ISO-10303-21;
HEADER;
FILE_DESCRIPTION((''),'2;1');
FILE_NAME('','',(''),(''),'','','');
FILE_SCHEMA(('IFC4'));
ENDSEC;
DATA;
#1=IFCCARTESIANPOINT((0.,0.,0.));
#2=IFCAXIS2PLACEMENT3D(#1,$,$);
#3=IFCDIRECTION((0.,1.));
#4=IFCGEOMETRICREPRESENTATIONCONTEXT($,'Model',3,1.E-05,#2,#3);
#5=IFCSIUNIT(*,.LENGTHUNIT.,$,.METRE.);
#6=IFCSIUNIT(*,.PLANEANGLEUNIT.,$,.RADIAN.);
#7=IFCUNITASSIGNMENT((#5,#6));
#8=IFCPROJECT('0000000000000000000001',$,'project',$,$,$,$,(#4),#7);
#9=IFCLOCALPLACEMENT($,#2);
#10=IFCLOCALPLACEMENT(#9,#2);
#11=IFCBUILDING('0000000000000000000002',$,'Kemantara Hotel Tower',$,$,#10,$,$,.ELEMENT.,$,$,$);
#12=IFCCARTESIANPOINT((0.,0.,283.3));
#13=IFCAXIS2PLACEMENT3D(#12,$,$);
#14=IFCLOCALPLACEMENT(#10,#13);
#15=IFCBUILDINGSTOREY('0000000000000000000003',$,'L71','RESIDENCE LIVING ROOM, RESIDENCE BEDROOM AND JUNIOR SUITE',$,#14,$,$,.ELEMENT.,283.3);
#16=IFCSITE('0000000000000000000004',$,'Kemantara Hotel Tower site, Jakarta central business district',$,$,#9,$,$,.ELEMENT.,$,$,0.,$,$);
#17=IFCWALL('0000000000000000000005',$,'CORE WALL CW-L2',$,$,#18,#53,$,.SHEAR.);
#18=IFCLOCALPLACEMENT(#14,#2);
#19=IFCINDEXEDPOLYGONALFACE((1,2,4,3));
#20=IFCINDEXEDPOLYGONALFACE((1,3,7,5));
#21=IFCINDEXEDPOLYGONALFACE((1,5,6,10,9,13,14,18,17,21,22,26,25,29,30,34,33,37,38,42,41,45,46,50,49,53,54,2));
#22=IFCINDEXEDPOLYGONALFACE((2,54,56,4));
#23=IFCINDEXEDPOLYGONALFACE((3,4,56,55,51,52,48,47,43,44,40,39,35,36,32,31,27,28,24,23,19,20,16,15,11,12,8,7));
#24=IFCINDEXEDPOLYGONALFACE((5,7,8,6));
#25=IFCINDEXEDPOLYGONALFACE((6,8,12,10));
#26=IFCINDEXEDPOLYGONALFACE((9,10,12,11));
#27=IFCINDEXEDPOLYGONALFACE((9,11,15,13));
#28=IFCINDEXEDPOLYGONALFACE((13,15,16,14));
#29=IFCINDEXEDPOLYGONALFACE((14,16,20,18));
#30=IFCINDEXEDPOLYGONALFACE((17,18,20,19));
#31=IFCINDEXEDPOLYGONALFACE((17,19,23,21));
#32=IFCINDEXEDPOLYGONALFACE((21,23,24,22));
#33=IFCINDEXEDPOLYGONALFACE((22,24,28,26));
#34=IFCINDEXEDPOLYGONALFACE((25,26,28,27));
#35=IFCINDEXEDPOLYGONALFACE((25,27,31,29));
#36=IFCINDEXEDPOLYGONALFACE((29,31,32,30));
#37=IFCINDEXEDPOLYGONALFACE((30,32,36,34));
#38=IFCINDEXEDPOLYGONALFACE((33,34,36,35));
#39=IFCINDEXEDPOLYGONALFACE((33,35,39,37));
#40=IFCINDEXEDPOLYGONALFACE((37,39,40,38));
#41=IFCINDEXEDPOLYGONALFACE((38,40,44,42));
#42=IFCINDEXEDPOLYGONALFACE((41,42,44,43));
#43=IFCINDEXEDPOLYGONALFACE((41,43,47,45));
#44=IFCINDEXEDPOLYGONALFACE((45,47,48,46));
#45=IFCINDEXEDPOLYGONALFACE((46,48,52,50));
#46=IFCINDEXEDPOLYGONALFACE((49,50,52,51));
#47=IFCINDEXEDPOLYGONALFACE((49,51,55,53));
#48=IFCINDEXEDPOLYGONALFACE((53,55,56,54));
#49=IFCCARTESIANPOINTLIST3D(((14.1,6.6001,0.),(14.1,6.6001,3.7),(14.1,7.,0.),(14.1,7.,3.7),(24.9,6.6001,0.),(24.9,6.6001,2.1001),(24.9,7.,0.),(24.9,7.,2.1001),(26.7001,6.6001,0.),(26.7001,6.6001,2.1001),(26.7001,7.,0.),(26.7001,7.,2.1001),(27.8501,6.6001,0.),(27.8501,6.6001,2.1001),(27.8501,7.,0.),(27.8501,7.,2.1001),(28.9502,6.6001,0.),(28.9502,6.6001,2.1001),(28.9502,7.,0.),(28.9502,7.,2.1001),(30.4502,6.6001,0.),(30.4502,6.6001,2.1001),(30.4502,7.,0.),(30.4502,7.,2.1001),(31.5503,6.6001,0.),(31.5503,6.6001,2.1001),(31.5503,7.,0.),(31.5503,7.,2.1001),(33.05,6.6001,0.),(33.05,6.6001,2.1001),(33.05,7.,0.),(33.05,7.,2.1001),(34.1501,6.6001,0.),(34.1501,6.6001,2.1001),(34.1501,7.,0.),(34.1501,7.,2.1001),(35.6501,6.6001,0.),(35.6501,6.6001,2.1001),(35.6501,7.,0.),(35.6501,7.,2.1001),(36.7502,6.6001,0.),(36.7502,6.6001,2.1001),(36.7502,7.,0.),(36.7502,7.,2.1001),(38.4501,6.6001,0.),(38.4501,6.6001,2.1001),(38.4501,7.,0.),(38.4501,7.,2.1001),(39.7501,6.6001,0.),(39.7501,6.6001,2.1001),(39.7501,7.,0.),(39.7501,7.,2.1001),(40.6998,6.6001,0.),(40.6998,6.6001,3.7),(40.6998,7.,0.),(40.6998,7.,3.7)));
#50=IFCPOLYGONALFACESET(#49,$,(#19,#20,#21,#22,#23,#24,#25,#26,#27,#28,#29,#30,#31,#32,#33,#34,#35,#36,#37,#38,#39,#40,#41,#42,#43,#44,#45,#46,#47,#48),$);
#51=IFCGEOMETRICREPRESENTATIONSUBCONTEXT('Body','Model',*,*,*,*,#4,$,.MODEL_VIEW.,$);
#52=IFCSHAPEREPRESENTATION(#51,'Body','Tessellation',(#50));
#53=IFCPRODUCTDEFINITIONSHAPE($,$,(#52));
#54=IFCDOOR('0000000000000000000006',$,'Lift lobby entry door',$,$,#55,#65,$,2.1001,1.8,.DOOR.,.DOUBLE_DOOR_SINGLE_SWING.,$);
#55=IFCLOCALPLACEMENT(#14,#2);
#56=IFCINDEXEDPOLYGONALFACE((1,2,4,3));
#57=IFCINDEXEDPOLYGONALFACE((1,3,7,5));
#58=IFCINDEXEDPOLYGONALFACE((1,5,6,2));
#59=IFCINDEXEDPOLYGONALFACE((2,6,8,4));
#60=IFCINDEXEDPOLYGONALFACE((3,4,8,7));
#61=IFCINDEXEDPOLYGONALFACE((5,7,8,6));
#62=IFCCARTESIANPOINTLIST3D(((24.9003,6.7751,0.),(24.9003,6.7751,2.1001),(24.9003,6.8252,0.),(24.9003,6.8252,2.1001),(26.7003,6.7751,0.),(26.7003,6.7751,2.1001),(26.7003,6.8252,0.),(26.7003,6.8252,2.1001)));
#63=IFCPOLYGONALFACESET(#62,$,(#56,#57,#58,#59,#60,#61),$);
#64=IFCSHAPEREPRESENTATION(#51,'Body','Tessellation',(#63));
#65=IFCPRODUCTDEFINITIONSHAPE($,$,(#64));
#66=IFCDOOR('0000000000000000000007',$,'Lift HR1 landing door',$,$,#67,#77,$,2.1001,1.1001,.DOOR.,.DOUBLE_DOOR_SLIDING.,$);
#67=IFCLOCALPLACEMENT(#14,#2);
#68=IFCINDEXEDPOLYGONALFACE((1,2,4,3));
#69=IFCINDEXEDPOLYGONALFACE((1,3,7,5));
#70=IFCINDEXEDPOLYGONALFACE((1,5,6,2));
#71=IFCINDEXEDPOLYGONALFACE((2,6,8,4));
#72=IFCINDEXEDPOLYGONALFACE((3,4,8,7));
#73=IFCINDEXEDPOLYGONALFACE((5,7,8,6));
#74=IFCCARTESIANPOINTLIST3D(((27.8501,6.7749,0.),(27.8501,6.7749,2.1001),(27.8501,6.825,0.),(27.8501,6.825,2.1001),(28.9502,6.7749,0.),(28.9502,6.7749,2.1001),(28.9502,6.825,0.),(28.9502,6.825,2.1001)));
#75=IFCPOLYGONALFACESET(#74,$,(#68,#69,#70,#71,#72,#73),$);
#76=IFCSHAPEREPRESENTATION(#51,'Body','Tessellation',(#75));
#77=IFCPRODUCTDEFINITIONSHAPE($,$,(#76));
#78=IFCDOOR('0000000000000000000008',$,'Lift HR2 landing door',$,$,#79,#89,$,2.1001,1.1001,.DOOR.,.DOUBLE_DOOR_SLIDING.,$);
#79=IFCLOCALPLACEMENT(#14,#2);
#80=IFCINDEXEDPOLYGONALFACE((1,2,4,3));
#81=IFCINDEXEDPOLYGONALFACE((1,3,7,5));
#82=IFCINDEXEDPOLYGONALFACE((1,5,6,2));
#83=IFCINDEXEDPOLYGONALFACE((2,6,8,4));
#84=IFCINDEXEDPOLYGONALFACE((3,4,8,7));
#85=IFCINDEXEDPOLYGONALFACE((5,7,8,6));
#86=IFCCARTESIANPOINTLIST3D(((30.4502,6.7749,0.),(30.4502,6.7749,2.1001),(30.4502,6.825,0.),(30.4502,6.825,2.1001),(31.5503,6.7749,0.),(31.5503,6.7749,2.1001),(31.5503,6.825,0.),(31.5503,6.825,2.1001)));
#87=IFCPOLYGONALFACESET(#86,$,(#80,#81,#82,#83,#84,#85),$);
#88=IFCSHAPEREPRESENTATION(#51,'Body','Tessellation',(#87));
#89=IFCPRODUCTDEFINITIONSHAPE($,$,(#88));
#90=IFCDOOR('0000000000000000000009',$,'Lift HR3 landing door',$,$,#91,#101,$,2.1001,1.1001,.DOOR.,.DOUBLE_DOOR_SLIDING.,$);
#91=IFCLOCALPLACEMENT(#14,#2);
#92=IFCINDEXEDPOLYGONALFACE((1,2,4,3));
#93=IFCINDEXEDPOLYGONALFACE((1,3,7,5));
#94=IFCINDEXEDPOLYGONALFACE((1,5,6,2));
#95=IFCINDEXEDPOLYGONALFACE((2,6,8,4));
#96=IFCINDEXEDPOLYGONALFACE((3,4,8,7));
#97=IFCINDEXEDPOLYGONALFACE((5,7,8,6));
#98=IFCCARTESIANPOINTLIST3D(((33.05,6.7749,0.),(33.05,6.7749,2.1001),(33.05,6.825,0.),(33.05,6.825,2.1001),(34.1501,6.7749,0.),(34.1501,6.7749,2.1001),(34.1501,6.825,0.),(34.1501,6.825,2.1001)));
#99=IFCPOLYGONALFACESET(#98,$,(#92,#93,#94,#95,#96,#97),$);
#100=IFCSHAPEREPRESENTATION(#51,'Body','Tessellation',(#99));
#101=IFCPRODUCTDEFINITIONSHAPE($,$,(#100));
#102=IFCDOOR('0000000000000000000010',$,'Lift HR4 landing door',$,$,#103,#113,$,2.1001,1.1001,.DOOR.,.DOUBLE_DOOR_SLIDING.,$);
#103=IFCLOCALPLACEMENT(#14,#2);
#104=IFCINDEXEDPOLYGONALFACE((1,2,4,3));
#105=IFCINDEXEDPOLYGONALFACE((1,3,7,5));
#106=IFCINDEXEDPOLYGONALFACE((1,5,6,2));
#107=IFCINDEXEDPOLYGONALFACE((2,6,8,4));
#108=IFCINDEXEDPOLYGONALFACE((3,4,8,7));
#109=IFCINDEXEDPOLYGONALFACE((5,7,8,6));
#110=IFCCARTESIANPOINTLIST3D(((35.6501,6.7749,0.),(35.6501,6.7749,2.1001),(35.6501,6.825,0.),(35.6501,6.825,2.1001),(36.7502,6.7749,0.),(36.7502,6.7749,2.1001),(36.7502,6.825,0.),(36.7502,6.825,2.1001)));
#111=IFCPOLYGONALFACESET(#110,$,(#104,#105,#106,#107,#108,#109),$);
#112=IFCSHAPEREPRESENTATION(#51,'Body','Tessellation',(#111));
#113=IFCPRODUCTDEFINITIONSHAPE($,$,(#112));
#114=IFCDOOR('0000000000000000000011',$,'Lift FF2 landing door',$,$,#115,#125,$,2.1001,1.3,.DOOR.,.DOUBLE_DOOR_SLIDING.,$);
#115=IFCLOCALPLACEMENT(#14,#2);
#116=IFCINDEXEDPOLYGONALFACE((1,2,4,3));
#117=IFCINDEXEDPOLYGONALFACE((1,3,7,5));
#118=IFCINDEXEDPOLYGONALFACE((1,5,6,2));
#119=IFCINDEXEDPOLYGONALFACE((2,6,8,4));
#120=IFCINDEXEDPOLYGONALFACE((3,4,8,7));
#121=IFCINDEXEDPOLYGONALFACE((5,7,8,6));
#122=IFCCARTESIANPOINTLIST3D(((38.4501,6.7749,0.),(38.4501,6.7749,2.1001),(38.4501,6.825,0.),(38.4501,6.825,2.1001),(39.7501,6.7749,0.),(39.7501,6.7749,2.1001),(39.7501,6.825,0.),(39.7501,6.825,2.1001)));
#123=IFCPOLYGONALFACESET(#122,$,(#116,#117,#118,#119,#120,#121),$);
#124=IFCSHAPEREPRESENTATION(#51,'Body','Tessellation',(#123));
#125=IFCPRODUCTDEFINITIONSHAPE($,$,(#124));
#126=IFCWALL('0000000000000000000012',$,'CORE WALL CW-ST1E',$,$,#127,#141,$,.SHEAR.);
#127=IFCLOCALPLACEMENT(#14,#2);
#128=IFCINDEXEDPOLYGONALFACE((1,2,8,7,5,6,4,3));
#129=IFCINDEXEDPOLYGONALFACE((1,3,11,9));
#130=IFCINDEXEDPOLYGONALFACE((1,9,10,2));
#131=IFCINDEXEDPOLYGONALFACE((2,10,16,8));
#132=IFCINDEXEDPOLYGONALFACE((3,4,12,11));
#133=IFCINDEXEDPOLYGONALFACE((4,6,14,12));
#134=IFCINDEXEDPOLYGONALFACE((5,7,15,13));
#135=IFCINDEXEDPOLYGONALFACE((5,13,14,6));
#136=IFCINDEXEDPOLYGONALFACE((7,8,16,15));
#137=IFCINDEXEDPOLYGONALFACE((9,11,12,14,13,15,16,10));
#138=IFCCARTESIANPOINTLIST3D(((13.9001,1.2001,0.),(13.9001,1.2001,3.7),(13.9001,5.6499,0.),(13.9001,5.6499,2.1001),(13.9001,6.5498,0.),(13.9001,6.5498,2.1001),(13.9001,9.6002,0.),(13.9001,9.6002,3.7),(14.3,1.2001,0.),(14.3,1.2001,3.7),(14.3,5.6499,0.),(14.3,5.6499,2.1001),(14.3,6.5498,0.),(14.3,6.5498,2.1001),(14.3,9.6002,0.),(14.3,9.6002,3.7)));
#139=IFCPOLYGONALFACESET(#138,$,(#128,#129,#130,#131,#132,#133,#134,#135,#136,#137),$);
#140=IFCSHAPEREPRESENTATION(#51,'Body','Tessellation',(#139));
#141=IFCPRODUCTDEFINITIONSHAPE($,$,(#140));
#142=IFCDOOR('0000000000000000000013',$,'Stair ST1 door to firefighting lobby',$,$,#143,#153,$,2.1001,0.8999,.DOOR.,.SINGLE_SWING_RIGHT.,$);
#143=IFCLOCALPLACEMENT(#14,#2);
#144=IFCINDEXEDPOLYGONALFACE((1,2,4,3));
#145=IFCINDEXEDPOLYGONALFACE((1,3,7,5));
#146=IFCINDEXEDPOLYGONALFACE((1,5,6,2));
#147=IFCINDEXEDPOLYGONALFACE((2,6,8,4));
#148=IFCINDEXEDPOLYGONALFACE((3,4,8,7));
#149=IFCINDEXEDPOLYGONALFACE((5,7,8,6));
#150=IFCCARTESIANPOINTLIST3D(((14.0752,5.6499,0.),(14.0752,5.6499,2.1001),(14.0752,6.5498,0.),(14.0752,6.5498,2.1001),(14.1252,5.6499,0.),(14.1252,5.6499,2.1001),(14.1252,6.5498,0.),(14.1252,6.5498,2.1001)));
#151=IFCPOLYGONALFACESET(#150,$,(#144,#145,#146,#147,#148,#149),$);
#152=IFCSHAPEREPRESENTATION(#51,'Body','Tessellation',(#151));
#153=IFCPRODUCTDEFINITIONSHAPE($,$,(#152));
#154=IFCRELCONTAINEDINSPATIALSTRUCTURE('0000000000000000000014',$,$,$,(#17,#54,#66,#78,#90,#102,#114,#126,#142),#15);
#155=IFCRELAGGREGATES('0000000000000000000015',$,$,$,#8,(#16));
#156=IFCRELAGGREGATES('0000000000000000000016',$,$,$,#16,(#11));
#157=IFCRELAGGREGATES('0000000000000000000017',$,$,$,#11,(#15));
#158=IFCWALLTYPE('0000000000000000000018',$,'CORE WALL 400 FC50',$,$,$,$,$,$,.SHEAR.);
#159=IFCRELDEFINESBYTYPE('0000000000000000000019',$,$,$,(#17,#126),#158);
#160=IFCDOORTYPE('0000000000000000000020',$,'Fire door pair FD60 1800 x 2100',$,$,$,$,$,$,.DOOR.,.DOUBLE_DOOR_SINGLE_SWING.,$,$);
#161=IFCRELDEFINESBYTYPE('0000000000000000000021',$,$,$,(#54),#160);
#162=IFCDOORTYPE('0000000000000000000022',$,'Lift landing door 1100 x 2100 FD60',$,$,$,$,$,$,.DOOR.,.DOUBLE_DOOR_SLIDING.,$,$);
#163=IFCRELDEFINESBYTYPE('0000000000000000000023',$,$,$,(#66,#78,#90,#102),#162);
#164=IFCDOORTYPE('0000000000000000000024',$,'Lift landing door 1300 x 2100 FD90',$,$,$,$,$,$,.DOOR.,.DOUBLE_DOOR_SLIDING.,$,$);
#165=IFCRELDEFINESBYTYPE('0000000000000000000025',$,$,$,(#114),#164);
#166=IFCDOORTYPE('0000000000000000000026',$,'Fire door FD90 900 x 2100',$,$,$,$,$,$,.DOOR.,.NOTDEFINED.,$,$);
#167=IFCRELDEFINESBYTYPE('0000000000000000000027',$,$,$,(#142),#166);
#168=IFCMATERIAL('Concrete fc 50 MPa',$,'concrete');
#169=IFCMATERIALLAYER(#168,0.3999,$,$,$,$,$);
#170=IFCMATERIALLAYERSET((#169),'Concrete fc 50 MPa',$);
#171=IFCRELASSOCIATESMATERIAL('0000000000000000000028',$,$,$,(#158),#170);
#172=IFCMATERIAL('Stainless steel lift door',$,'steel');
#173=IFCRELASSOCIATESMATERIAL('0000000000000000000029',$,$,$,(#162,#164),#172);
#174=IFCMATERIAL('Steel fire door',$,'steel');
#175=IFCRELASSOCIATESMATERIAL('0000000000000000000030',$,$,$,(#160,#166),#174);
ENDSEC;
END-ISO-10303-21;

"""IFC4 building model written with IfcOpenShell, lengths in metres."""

from ifc_helpers import new_model, si_unit, direction, frame, frame_2d, origin, place, context, subcontext, project, spatial, rectangle, extrude, material, layer, layer_set, type_object, element, fill, save


model = new_model("IFC4")

# Units and contexts
model_context = context("Model", 3, precision=1e-05, world=origin(), true_north=direction((0.0, 1.0)))
body_context = subcontext(model_context, "Body", "Model", "MODEL_VIEW")
ifc_project = project(units=[si_unit("LENGTHUNIT", "METRE"), si_unit("PLANEANGLEUNIT", "RADIAN")], contexts=[model_context])

# Site, building, storey
site_placement = place(None, origin())
site = spatial("IfcSite", under=ifc_project, at=site_placement, Name="Kemantara Hotel Tower site, Jakarta central business district", CompositionType="ELEMENT", RefElevation=0.0)
building_placement = place(site_placement, origin())
building = spatial("IfcBuilding", under=site, at=building_placement, Name="Kemantara Hotel Tower", CompositionType="ELEMENT")
storey_placement = place(building_placement, frame((0.0, 0.0, 283.3)))
storey = spatial("IfcBuildingStorey", under=building, at=storey_placement, Name="L71", Description="RESIDENCE LIVING ROOM, RESIDENCE BEDROOM AND JUNIOR SUITE", CompositionType="ELEMENT", Elevation=283.3)

# Shared definitions
ifc_material_1 = material(Name="Concrete fc 50 MPa", Category="concrete")

# Wall, openings, doors
ifc_layer_1 = layer(ifc_material_1, 0.3999)
ifc_layer_set_1 = layer_set([ifc_layer_1], Name="Concrete fc 50 MPa")
wall_type_1 = type_object("IfcWallType", Name="CORE WALL 400 FC50", PredefinedType="SHEAR", material=ifc_layer_set_1)
ifc_material_2 = material(Name="Steel fire door", Category="steel")
ifc_material_3 = material(Name="Stainless steel lift door", Category="steel")
door_type_1 = type_object("IfcDoorType", Name="Lift landing door 1100 x 2100 FD60", OperationType="DOUBLE_DOOR_SLIDING", PredefinedType="DOOR", material=ifc_material_3)
door_type_2 = type_object("IfcDoorType", Name="Lift landing door 1300 x 2100 FD90", OperationType="DOUBLE_DOOR_SLIDING", PredefinedType="DOOR", material=ifc_material_3)
wall_1_placement = place(storey_placement, frame((14.1001, 6.8, 0.0), z_axis=(0.0, 0.0, 1.0), x_axis=(1.0, 0.0, 0.0)))
wall_1 = element("IfcWall", 1, at=wall_1_placement, inside=storey, type_object=wall_type_1, Name="CORE WALL CW-L2", PredefinedType="SHEAR", context=body_context, shape_type="SweptSolid", body=[
    extrude(rectangle(XDim=26.5999, YDim=0.3999, at=frame_2d((13.2998, 0.0))), origin(), (0.0, 0.0, 1.0), 3.7),
])
opening_1_placement = place(wall_1_placement, frame((10.8, 0.0, 0.0)))
opening_1 = element("IfcOpeningElement", 2, at=opening_1_placement, cuts=wall_1, PredefinedType="OPENING", context=body_context, shape_type="SweptSolid", body=[
    extrude(rectangle(XDim=1.8, YDim=2.1001, at=frame_2d((0.8999, 1.05))), frame((0.0, 0.21, 0.0), z_axis=(0.0, -1.0, 0.0), x_axis=(1.0, 0.0, 0.0)), (0.0, 0.0, 1.0), 0.4199),
])
opening_2_placement = place(wall_1_placement, frame((13.75, 0.0, 0.0)))
opening_2 = element("IfcOpeningElement", 3, at=opening_2_placement, cuts=wall_1, PredefinedType="OPENING", context=body_context, shape_type="SweptSolid", body=[
    extrude(rectangle(XDim=1.1001, YDim=2.1001, at=frame_2d((0.55, 1.05))), frame((0.0, 0.21, 0.0), z_axis=(0.0, -1.0, 0.0), x_axis=(1.0, 0.0, 0.0)), (0.0, 0.0, 1.0), 0.4199),
])
opening_3_placement = place(wall_1_placement, frame((16.3501, 0.0, 0.0)))
opening_3 = element("IfcOpeningElement", 4, at=opening_3_placement, cuts=wall_1, PredefinedType="OPENING", context=body_context, shape_type="SweptSolid", body=[
    extrude(rectangle(XDim=1.1001, YDim=2.1001, at=frame_2d((0.55, 1.05))), frame((0.0, 0.21, 0.0), z_axis=(0.0, -1.0, 0.0), x_axis=(1.0, 0.0, 0.0)), (0.0, 0.0, 1.0), 0.4199),
])
opening_4_placement = place(wall_1_placement, frame((18.95, 0.0, 0.0)))
opening_4 = element("IfcOpeningElement", 5, at=opening_4_placement, cuts=wall_1, PredefinedType="OPENING", context=body_context, shape_type="SweptSolid", body=[
    extrude(rectangle(XDim=1.1001, YDim=2.1001, at=frame_2d((0.55, 1.05))), frame((0.0, 0.21, 0.0), z_axis=(0.0, -1.0, 0.0), x_axis=(1.0, 0.0, 0.0)), (0.0, 0.0, 1.0), 0.4199),
])
opening_5_placement = place(wall_1_placement, frame((21.55, 0.0, 0.0)))
opening_5 = element("IfcOpeningElement", 6, at=opening_5_placement, cuts=wall_1, PredefinedType="OPENING", context=body_context, shape_type="SweptSolid", body=[
    extrude(rectangle(XDim=1.1001, YDim=2.1001, at=frame_2d((0.55, 1.05))), frame((0.0, 0.21, 0.0), z_axis=(0.0, -1.0, 0.0), x_axis=(1.0, 0.0, 0.0)), (0.0, 0.0, 1.0), 0.4199),
])
opening_6_placement = place(wall_1_placement, frame((24.3501, 0.0, 0.0)))
opening_6 = element("IfcOpeningElement", 7, at=opening_6_placement, cuts=wall_1, PredefinedType="OPENING", context=body_context, shape_type="SweptSolid", body=[
    extrude(rectangle(XDim=1.3, YDim=2.1001, at=frame_2d((0.6499, 1.05))), frame((0.0, 0.21, 0.0), z_axis=(0.0, -1.0, 0.0), x_axis=(1.0, 0.0, 0.0)), (0.0, 0.0, 1.0), 0.4199),
])
door_type_3 = type_object("IfcDoorType", Name="Fire door pair FD60 1800 x 2100", OperationType="DOUBLE_DOOR_SINGLE_SWING", PredefinedType="DOOR", material=ifc_material_2)
door_1_placement = place(opening_1_placement, frame((1.8, 0.0, 0.0), z_axis=(0.0, 0.0, 1.0), x_axis=(-1.0, 0.0, 0.0)))
door_1 = element("IfcDoor", 8, at=door_1_placement, inside=storey, type_object=door_type_3, Name="Lift lobby entry door", OperationType="DOUBLE_DOOR_SINGLE_SWING", OverallHeight=2.1001, OverallWidth=1.8, PredefinedType="DOOR", context=body_context, shape_type="SweptSolid", body=[
    extrude(rectangle(XDim=1.8, YDim=2.1001, at=frame_2d((0.8999, 1.05))), frame((0.0, 0.0249, 0.0), z_axis=(0.0, -1.0, 0.0), x_axis=(1.0, 0.0, 0.0)), (0.0, 0.0, 1.0), 0.05),
])
fill(opening_1, door_1)
door_2_placement = place(opening_2_placement, origin())
door_2 = element("IfcDoor", 9, at=door_2_placement, inside=storey, type_object=door_type_1, Name="Lift HR1 landing door", OperationType="DOUBLE_DOOR_SLIDING", OverallHeight=2.1001, OverallWidth=1.1001, PredefinedType="DOOR", context=body_context, shape_type="SweptSolid", body=[
    extrude(rectangle(XDim=1.1001, YDim=2.1001, at=frame_2d((0.55, 1.05))), frame((0.0, 0.0249, 0.0), z_axis=(0.0, -1.0, 0.0), x_axis=(1.0, 0.0, 0.0)), (0.0, 0.0, 1.0), 0.05),
])
fill(opening_2, door_2)
door_3_placement = place(opening_3_placement, origin())
door_3 = element("IfcDoor", 10, at=door_3_placement, inside=storey, type_object=door_type_1, Name="Lift HR2 landing door", OperationType="DOUBLE_DOOR_SLIDING", OverallHeight=2.1001, OverallWidth=1.1001, PredefinedType="DOOR", context=body_context, shape_type="SweptSolid", body=[
    extrude(rectangle(XDim=1.1001, YDim=2.1001, at=frame_2d((0.55, 1.05))), frame((0.0, 0.0249, 0.0), z_axis=(0.0, -1.0, 0.0), x_axis=(1.0, 0.0, 0.0)), (0.0, 0.0, 1.0), 0.05),
])
fill(opening_3, door_3)
door_4_placement = place(opening_4_placement, origin())
door_4 = element("IfcDoor", 11, at=door_4_placement, inside=storey, type_object=door_type_1, Name="Lift HR3 landing door", OperationType="DOUBLE_DOOR_SLIDING", OverallHeight=2.1001, OverallWidth=1.1001, PredefinedType="DOOR", context=body_context, shape_type="SweptSolid", body=[
    extrude(rectangle(XDim=1.1001, YDim=2.1001, at=frame_2d((0.55, 1.05))), frame((0.0, 0.0249, 0.0), z_axis=(0.0, -1.0, 0.0), x_axis=(1.0, 0.0, 0.0)), (0.0, 0.0, 1.0), 0.05),
])
fill(opening_4, door_4)
door_5_placement = place(opening_5_placement, origin())
door_5 = element("IfcDoor", 12, at=door_5_placement, inside=storey, type_object=door_type_1, Name="Lift HR4 landing door", OperationType="DOUBLE_DOOR_SLIDING", OverallHeight=2.1001, OverallWidth=1.1001, PredefinedType="DOOR", context=body_context, shape_type="SweptSolid", body=[
    extrude(rectangle(XDim=1.1001, YDim=2.1001, at=frame_2d((0.55, 1.05))), frame((0.0, 0.0249, 0.0), z_axis=(0.0, -1.0, 0.0), x_axis=(1.0, 0.0, 0.0)), (0.0, 0.0, 1.0), 0.05),
])
fill(opening_5, door_5)
door_6_placement = place(opening_6_placement, origin())
door_6 = element("IfcDoor", 13, at=door_6_placement, inside=storey, type_object=door_type_2, Name="Lift FF2 landing door", OperationType="DOUBLE_DOOR_SLIDING", OverallHeight=2.1001, OverallWidth=1.3, PredefinedType="DOOR", context=body_context, shape_type="SweptSolid", body=[
    extrude(rectangle(XDim=1.3, YDim=2.1001, at=frame_2d((0.6499, 1.05))), frame((0.0, 0.0249, 0.0), z_axis=(0.0, -1.0, 0.0), x_axis=(1.0, 0.0, 0.0)), (0.0, 0.0, 1.0), 0.05),
])
fill(opening_6, door_6)

# Wall, opening, door
wall_2_placement = place(storey_placement, frame((14.1001, 1.2, 0.0), z_axis=(0.0, 0.0, 1.0), x_axis=(0.0, 1.0, 0.0)))
wall_2 = element("IfcWall", 14, at=wall_2_placement, inside=storey, type_object=wall_type_1, Name="CORE WALL CW-ST1E", PredefinedType="SHEAR", context=body_context, shape_type="SweptSolid", body=[
    extrude(rectangle(XDim=8.4001, YDim=0.3999, at=frame_2d((4.2002, 0.0))), origin(), (0.0, 0.0, 1.0), 3.7),
])
opening_7_placement = place(wall_2_placement, frame((4.45, 0.0, 0.0)))
opening_7 = element("IfcOpeningElement", 15, at=opening_7_placement, cuts=wall_2, PredefinedType="OPENING", context=body_context, shape_type="SweptSolid", body=[
    extrude(rectangle(XDim=0.8999, YDim=2.1001, at=frame_2d((0.45, 1.05))), frame((0.0, 0.21, 0.0), z_axis=(0.0, -1.0, 0.0), x_axis=(1.0, 0.0, 0.0)), (0.0, 0.0, 1.0), 0.4199),
])
door_type_4 = type_object("IfcDoorType", Name="Fire door FD90 900 x 2100", OperationType="NOTDEFINED", PredefinedType="DOOR", material=ifc_material_2)
door_7_placement = place(opening_7_placement, origin())
door_7 = element("IfcDoor", 16, at=door_7_placement, inside=storey, type_object=door_type_4, Name="Stair ST1 door to firefighting lobby", OperationType="SINGLE_SWING_RIGHT", OverallHeight=2.1001, OverallWidth=0.8999, PredefinedType="DOOR", context=body_context, shape_type="SweptSolid", body=[
    extrude(rectangle(XDim=0.8999, YDim=2.1001, at=frame_2d((0.45, 1.05))), frame((0.0, 0.0249, 0.0), z_axis=(0.0, -1.0, 0.0), x_axis=(1.0, 0.0, 0.0)), (0.0, 0.0, 1.0), 0.05),
])
fill(opening_7, door_7)

save(model, "model.ifc")
